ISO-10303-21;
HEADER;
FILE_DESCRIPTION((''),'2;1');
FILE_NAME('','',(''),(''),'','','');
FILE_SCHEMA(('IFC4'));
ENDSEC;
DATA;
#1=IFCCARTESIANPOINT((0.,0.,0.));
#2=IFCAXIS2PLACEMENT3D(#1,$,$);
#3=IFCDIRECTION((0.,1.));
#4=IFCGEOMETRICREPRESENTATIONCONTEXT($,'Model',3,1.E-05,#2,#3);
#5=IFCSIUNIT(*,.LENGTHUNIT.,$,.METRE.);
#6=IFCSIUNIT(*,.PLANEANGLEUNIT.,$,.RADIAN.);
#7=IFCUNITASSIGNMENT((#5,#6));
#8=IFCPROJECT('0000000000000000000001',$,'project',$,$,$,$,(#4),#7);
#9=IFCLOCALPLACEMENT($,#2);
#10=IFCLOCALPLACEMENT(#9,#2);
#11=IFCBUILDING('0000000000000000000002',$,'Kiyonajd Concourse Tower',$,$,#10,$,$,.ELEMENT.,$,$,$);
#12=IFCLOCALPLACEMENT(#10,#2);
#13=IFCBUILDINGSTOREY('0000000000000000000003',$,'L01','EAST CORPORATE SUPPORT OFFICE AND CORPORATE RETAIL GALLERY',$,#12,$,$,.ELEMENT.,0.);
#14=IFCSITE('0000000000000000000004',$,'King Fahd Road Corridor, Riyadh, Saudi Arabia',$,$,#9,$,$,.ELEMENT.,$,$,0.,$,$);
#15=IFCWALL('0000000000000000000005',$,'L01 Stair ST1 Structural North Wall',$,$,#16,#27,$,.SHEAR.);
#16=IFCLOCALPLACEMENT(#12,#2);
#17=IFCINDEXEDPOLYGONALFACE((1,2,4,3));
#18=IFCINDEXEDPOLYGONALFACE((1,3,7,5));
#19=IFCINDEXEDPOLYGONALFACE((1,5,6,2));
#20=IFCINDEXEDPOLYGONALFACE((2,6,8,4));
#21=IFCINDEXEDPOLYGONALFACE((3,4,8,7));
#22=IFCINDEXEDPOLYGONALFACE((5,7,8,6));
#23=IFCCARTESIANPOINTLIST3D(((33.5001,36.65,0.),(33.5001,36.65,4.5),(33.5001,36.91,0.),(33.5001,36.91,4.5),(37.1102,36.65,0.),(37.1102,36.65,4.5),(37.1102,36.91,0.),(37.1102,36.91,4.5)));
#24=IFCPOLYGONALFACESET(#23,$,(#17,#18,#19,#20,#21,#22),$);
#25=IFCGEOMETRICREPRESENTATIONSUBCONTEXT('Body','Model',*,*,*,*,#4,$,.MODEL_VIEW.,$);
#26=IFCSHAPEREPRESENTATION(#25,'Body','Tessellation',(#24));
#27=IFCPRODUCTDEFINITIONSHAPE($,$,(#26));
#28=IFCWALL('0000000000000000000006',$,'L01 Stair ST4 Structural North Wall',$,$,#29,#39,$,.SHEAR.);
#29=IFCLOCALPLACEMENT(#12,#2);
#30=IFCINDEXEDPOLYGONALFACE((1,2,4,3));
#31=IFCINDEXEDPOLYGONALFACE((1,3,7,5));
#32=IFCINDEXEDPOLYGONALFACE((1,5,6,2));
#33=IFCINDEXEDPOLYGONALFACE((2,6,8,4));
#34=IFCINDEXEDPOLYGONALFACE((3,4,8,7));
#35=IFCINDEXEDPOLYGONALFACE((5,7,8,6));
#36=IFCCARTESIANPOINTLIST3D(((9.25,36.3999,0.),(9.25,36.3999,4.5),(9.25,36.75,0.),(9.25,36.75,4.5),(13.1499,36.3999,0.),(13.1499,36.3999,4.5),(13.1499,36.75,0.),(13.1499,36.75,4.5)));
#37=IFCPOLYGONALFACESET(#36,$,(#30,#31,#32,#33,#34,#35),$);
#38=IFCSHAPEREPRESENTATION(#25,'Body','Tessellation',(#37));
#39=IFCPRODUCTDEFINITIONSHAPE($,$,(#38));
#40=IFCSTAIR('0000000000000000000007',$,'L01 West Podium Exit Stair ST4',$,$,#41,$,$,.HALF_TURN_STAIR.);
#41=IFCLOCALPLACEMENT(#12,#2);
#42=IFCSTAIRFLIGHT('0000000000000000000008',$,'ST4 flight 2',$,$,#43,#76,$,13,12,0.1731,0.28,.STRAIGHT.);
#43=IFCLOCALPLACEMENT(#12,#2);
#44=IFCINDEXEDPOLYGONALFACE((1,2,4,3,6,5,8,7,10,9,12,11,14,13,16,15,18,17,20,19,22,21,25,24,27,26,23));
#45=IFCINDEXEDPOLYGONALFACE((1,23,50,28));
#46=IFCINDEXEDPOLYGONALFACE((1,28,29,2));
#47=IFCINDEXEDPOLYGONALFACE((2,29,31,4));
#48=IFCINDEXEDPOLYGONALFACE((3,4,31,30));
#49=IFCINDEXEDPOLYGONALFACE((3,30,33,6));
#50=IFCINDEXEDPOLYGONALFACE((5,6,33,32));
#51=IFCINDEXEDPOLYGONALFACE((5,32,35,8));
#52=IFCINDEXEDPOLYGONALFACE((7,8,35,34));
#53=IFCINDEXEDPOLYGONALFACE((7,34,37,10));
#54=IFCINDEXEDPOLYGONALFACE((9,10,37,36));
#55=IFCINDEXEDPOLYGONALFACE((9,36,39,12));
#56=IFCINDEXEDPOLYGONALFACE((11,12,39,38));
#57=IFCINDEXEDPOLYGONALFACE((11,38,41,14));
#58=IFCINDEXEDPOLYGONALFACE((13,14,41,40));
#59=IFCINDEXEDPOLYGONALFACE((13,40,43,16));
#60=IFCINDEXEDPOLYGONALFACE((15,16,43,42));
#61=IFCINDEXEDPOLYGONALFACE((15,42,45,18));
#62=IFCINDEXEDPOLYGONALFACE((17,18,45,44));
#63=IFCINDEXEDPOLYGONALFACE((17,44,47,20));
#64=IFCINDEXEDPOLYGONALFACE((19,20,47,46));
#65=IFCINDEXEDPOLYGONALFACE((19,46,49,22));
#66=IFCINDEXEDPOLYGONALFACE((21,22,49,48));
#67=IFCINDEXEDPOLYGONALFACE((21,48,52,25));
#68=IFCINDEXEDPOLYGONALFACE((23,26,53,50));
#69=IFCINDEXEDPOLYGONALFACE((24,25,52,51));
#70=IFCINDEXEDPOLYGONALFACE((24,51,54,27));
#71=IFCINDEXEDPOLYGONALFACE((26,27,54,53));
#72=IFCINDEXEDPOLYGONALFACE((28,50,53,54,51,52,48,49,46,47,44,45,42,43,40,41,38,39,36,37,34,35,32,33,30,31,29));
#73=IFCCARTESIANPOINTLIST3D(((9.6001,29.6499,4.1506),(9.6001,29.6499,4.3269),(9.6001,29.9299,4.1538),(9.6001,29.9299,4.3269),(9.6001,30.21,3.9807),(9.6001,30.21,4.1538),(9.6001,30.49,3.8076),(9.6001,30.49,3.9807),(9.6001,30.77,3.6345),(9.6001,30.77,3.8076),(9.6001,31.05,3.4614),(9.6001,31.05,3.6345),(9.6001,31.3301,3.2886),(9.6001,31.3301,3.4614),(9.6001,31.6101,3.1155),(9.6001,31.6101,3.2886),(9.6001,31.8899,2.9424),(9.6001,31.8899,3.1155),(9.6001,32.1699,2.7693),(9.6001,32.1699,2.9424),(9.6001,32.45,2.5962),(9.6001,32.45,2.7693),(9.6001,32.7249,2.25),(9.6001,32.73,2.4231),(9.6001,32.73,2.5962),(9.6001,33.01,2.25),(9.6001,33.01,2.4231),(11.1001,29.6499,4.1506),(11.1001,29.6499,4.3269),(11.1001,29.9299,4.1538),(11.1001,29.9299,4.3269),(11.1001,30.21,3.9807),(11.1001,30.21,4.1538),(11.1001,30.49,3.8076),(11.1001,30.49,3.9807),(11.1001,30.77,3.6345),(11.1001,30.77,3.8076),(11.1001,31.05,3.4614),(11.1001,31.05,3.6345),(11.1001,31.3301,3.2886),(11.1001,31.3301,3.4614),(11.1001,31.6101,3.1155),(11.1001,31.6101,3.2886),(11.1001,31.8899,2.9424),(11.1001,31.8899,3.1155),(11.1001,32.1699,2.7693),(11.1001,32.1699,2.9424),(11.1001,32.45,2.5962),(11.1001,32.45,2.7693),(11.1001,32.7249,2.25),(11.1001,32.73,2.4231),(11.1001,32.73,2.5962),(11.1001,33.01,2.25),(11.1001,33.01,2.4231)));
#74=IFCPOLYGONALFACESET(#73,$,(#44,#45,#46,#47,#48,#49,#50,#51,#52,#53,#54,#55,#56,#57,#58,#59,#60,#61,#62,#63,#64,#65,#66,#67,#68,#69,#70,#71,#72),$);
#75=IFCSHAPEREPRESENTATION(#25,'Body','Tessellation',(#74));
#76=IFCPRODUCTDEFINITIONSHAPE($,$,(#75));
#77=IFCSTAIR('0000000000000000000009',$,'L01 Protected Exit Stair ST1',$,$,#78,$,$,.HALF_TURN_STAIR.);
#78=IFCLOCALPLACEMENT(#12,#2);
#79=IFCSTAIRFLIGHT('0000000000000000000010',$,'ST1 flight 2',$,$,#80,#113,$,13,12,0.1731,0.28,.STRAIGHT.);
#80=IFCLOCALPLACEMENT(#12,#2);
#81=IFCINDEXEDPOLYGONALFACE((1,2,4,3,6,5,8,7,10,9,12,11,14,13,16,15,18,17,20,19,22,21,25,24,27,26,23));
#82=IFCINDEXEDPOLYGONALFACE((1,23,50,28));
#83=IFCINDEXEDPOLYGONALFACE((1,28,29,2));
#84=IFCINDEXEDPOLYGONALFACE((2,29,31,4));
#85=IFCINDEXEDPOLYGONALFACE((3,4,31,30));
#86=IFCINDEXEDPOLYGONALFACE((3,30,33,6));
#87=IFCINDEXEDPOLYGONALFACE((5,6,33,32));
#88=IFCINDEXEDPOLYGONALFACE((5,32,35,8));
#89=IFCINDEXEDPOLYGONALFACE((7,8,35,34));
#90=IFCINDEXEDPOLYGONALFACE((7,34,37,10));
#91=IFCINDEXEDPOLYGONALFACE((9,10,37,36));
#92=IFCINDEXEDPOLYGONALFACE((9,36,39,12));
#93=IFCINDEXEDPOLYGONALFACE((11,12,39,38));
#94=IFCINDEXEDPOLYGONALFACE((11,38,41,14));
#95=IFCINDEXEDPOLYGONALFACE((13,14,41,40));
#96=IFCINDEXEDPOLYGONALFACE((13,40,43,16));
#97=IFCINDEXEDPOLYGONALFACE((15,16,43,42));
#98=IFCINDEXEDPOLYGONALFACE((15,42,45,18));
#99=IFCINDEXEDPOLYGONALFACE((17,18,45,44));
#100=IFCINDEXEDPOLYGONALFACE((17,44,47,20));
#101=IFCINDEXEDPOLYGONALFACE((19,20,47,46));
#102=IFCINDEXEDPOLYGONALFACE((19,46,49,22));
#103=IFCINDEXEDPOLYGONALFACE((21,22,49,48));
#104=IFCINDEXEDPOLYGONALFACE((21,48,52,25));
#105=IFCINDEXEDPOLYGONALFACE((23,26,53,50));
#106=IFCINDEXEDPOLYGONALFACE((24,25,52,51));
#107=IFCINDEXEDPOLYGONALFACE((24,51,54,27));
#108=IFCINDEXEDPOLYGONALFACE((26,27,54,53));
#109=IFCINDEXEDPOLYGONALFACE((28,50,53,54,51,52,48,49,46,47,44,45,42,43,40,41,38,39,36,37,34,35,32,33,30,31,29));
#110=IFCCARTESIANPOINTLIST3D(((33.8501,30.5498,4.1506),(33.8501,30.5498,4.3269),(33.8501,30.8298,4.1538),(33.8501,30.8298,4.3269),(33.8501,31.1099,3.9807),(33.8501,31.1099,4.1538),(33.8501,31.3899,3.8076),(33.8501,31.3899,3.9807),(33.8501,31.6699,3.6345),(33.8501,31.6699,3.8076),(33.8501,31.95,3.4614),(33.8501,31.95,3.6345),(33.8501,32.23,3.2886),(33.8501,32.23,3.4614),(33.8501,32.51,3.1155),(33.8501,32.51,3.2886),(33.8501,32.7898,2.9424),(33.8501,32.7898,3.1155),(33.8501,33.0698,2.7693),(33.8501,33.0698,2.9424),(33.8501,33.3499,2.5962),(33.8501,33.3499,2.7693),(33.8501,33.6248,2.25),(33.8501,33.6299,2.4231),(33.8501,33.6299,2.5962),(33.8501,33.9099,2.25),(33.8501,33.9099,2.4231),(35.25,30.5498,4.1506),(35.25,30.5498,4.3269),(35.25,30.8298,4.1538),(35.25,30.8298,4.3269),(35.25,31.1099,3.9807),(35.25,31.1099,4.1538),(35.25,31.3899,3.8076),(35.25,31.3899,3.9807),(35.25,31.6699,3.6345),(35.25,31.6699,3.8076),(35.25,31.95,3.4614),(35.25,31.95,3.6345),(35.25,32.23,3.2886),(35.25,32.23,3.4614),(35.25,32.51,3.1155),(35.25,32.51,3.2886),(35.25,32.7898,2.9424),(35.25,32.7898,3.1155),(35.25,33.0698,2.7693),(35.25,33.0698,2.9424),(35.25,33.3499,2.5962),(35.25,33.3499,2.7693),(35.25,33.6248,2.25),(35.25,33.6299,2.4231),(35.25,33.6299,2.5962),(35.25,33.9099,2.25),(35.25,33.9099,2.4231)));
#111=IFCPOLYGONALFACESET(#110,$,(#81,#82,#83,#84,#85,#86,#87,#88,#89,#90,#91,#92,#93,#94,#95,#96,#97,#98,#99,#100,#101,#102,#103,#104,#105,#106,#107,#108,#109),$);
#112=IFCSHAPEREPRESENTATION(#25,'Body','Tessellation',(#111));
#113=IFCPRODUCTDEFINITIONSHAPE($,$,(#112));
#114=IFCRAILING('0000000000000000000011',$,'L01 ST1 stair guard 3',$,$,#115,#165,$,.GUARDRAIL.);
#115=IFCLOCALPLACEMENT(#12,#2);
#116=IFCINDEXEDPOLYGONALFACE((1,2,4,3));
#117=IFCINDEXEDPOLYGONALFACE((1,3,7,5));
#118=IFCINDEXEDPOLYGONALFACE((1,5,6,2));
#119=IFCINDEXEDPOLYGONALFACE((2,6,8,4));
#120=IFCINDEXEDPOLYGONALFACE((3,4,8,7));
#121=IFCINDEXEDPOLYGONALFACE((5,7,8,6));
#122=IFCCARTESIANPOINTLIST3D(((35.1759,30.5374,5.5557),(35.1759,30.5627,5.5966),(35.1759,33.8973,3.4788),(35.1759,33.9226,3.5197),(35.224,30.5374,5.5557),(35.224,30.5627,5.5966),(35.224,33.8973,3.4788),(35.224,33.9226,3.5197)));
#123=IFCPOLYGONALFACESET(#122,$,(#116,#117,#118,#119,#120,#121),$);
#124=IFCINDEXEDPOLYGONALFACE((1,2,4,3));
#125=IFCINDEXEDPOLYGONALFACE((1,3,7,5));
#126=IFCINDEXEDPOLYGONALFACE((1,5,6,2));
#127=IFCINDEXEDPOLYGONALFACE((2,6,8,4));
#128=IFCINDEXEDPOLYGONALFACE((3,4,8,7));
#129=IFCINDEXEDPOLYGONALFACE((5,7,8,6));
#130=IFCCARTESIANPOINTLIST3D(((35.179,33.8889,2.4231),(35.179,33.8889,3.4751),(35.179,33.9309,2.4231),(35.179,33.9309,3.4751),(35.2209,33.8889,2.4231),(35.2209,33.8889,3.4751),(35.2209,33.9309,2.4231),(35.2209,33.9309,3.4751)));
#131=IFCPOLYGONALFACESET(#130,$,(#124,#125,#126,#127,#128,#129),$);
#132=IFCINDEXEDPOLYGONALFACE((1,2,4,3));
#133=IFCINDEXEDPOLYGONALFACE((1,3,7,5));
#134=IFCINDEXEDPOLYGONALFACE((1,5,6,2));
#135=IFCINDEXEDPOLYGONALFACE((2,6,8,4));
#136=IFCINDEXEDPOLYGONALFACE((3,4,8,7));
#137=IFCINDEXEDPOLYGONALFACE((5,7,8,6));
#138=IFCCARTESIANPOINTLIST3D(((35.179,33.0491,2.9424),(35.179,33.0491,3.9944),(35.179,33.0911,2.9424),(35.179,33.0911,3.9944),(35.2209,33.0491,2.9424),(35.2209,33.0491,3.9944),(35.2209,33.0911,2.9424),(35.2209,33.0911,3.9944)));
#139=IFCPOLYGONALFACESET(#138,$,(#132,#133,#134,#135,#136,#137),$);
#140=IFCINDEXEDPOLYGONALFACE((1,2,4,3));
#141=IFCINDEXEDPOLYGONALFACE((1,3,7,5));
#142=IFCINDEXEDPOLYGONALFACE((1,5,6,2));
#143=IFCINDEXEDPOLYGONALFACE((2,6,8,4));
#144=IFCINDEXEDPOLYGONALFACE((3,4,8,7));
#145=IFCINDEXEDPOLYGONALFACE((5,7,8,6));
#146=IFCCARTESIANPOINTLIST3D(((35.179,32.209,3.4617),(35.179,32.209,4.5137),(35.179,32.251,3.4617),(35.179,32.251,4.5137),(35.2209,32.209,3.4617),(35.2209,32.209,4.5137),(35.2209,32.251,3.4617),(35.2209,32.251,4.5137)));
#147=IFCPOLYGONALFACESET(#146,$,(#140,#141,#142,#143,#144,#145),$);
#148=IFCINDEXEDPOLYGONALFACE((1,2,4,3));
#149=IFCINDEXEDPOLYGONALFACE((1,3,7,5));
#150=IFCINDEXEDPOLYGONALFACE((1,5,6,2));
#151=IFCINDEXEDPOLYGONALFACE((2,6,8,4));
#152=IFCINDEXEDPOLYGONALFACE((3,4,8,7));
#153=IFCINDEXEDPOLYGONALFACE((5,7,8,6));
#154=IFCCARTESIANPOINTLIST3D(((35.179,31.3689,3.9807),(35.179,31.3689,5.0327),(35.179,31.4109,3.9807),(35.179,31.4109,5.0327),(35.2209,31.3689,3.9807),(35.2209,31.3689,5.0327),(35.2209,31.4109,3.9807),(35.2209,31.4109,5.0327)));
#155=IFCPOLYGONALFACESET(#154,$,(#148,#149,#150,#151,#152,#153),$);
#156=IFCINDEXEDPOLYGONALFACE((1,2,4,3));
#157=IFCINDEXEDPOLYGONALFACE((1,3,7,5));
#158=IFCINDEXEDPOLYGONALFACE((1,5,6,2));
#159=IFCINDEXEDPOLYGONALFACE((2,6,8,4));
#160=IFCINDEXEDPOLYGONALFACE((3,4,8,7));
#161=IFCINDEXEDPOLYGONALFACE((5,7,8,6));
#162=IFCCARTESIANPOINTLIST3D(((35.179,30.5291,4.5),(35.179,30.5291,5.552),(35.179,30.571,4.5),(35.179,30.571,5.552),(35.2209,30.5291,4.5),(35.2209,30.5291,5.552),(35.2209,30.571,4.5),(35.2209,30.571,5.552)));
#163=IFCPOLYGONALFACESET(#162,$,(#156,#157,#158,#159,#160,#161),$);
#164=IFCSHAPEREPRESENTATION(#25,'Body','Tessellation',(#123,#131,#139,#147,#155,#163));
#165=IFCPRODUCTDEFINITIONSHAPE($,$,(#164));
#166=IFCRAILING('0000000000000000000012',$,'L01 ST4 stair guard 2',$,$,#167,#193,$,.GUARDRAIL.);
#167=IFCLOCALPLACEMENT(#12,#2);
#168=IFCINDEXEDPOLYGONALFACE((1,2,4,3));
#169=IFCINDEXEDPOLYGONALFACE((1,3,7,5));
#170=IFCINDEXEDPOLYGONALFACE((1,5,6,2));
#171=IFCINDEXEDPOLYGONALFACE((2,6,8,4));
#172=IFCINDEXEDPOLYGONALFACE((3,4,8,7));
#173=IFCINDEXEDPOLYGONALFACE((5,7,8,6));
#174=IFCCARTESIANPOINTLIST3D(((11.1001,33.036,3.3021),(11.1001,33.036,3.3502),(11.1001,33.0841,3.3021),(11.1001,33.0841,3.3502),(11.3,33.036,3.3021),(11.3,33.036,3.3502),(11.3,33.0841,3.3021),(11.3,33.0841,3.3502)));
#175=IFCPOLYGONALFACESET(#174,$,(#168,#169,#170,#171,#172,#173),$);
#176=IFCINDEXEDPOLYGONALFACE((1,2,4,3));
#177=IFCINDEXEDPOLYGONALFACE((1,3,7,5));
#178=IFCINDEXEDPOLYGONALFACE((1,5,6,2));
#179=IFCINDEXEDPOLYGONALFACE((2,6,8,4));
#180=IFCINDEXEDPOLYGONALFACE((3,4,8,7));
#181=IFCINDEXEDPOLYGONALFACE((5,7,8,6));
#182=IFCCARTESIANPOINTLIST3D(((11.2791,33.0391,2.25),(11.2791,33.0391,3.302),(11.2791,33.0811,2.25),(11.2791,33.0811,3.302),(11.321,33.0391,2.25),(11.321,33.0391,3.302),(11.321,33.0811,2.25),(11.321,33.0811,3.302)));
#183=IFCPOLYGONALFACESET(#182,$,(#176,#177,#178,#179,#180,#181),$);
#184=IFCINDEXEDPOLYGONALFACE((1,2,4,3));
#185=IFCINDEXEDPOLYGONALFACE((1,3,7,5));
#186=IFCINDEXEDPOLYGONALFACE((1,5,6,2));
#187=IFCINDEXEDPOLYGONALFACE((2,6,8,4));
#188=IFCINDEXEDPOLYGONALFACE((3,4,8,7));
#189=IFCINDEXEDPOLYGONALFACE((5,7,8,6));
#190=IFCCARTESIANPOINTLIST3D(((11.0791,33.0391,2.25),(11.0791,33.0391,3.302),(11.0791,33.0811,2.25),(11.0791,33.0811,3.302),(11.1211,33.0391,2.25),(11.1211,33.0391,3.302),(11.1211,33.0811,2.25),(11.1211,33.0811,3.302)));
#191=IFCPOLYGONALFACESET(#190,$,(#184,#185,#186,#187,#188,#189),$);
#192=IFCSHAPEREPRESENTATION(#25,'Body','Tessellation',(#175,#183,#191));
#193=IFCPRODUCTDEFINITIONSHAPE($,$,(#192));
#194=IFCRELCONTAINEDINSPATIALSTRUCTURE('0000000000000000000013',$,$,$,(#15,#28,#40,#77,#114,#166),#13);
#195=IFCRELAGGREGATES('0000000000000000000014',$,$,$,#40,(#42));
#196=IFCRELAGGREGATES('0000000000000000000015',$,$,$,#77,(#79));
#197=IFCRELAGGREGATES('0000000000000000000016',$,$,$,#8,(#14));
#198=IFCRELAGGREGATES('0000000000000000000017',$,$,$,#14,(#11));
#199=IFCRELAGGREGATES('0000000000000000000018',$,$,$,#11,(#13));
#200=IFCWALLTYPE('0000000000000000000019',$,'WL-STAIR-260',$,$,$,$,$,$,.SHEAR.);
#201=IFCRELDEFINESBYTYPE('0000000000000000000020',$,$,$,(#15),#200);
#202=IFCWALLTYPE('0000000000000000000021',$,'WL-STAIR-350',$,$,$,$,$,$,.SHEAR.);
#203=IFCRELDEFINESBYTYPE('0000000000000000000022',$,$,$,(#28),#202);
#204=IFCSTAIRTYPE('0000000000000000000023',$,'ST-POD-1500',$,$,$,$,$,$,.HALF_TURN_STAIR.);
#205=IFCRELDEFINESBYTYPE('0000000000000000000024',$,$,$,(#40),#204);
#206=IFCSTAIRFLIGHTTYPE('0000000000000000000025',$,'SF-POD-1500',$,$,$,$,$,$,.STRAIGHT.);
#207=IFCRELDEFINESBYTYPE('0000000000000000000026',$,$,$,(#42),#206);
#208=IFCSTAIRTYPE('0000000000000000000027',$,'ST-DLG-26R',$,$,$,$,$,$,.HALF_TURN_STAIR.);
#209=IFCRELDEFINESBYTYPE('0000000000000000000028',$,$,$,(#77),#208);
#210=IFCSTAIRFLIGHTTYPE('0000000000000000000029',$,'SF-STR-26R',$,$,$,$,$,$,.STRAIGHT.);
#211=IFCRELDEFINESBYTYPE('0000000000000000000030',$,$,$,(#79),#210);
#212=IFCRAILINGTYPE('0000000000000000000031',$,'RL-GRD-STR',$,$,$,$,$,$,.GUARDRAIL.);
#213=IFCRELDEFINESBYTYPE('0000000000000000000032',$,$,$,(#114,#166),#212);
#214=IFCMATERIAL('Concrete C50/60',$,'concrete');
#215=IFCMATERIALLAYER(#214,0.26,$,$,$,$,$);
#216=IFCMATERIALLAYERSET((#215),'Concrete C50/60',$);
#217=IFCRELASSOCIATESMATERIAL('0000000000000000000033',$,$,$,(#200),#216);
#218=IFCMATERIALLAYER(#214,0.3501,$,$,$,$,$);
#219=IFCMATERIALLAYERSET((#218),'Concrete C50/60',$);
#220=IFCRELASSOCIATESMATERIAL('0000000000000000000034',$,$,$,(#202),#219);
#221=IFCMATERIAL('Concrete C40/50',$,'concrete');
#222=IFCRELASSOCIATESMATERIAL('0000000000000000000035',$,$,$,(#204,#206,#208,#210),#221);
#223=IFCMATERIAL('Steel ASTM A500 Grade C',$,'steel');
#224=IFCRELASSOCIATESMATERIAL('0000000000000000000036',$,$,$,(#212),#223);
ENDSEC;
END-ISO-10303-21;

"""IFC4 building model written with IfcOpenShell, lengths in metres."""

from ifc_helpers import new_model, si_unit, direction, frame, frame_2d, origin, origin_2d, place, context, subcontext, project, spatial, polyline, rectangle, outline, extrude, material, layer, layer_set, type_object, element, aggregate, save


model = new_model("IFC4")

# Units and contexts
model_context = context("Model", 3, precision=1e-05, world=origin(), true_north=direction((0.0, 1.0)))
body_context = subcontext(model_context, "Body", "Model", "MODEL_VIEW")
ifc_project = project(units=[si_unit("LENGTHUNIT", "METRE"), si_unit("PLANEANGLEUNIT", "RADIAN")], contexts=[model_context])

# Site, building, storey
site_placement = place(None, origin())
site = spatial("IfcSite", under=ifc_project, at=site_placement, Name="King Fahd Road Corridor, Riyadh, Saudi Arabia", CompositionType="ELEMENT", RefElevation=0.0)
building_placement = place(site_placement, origin())
building = spatial("IfcBuilding", under=site, at=building_placement, Name="Kiyonajd Concourse Tower", CompositionType="ELEMENT")
storey_placement = place(building_placement, origin())
storey = spatial("IfcBuildingStorey", under=building, at=storey_placement, Name="L01", Description="EAST CORPORATE SUPPORT OFFICE AND CORPORATE RETAIL GALLERY", CompositionType="ELEMENT", Elevation=0.0)

# Shared definitions
ifc_material_1 = material(Name="Concrete C50/60", Category="concrete")

# Walls
ifc_layer_1 = layer(ifc_material_1, 0.26)
ifc_layer_set_1 = layer_set([ifc_layer_1], Name="Concrete C50/60")
wall_type_1 = type_object("IfcWallType", Name="WL-STAIR-260", PredefinedType="SHEAR", material=ifc_layer_set_1)
wall_1_placement = place(storey_placement, frame((33.5, 36.78, 0.0), z_axis=(0.0, 0.0, 1.0), x_axis=(1.0, 0.0, 0.0)))
element("IfcWall", 1, at=wall_1_placement, inside=storey, type_object=wall_type_1, Name="L01 Stair ST1 Structural North Wall", PredefinedType="SHEAR", context=body_context, shape_type="SweptSolid", body=[
    extrude(rectangle(XDim=3.6101, YDim=0.26, at=frame_2d((1.8052, 0.0))), origin(), (0.0, 0.0, 1.0), 4.5),
])
ifc_layer_2 = layer(ifc_material_1, 0.3501)
ifc_layer_set_2 = layer_set([ifc_layer_2], Name="Concrete C50/60")
wall_type_2 = type_object("IfcWallType", Name="WL-STAIR-350", PredefinedType="SHEAR", material=ifc_layer_set_2)
wall_2_placement = place(storey_placement, frame((9.25, 36.575, 0.0), z_axis=(0.0, 0.0, 1.0), x_axis=(1.0, 0.0, 0.0)))
element("IfcWall", 2, at=wall_2_placement, inside=storey, type_object=wall_type_2, Name="L01 Stair ST4 Structural North Wall", PredefinedType="SHEAR", context=body_context, shape_type="SweptSolid", body=[
    extrude(rectangle(XDim=3.8999, YDim=0.3501, at=frame_2d((1.95, 0.0))), origin(), (0.0, 0.0, 1.0), 4.5),
])

# Stairs, stair flights
ifc_material_2 = material(Name="Concrete C40/50", Category="concrete")
stair_type_1 = type_object("IfcStairType", Name="ST-POD-1500", PredefinedType="HALF_TURN_STAIR", material=ifc_material_2)
stair_1_placement = place(storey_placement, origin())
stair_1 = element("IfcStair", 3, at=stair_1_placement, inside=storey, type_object=stair_type_1, Name="L01 West Podium Exit Stair ST4", PredefinedType="HALF_TURN_STAIR")
stair_flight_type_1 = type_object("IfcStairFlightType", Name="SF-POD-1500", PredefinedType="STRAIGHT", material=ifc_material_2)
stair_flight_1_placement = place(storey_placement, frame((10.3501, 33.01, 2.25), z_axis=(0.0, 0.0, 1.0), x_axis=(0.0, -1.0, 0.0)))
stair_flight_1 = element("IfcStairFlight", 4, at=stair_flight_1_placement, type_object=stair_flight_type_1, Name="ST4 flight 2", NumberOfRisers=13, NumberOfTreads=12, PredefinedType="STRAIGHT", RiserHeight=0.1731, TreadLength=0.28, context=body_context, shape_type="SweptSolid", body=[
    extrude(outline(polyline([(0.0, 0.0), (0.0, 0.1731), (0.28, 0.1731), (0.28, 0.3462), (0.5601, 0.3462), (0.5601, 0.5193), (0.8401, 0.5193), (0.8401, 0.6924), (1.1201, 0.6924), (1.1201, 0.8655), (1.3999, 0.8655), (1.3999, 1.0386), (1.6799, 1.0386), (1.6799, 1.2114), (1.96, 1.2114), (1.96, 1.3845), (2.24, 1.3845), (2.24, 1.5576), (2.52, 1.5576), (2.52, 1.7307), (2.8, 1.7307), (2.8, 1.9038), (3.0801, 1.9038), (3.0801, 2.0769), (3.3601, 2.0769), (3.3601, 2.25), (3.3601, 1.9006), (0.2852, 0.0), (0.0, 0.0)])), frame((0.0, 0.75, 0.0), z_axis=(0.0, -1.0, 0.0), x_axis=(1.0, 0.0, 0.0)), (0.0, 0.0, 1.0), 1.5),
])
aggregate(stair_1, [stair_flight_1])
stair_type_2 = type_object("IfcStairType", Name="ST-DLG-26R", PredefinedType="HALF_TURN_STAIR", material=ifc_material_2)
stair_2_placement = place(storey_placement, origin())
stair_2 = element("IfcStair", 5, at=stair_2_placement, inside=storey, type_object=stair_type_2, Name="L01 Protected Exit Stair ST1", PredefinedType="HALF_TURN_STAIR")
stair_flight_type_2 = type_object("IfcStairFlightType", Name="SF-STR-26R", PredefinedType="STRAIGHT", material=ifc_material_2)
stair_flight_2_placement = place(storey_placement, frame((34.55, 33.9099, 2.25), z_axis=(0.0, 0.0, 1.0), x_axis=(0.0, -1.0, 0.0)))
stair_flight_2 = element("IfcStairFlight", 6, at=stair_flight_2_placement, type_object=stair_flight_type_2, Name="ST1 flight 2", NumberOfRisers=13, NumberOfTreads=12, PredefinedType="STRAIGHT", RiserHeight=0.1731, TreadLength=0.28, context=body_context, shape_type="SweptSolid", body=[
    extrude(outline(polyline([(0.0, 0.0), (0.0, 0.1731), (0.28, 0.1731), (0.28, 0.3462), (0.5601, 0.3462), (0.5601, 0.5193), (0.8401, 0.5193), (0.8401, 0.6924), (1.1201, 0.6924), (1.1201, 0.8655), (1.3999, 0.8655), (1.3999, 1.0386), (1.6799, 1.0386), (1.6799, 1.2114), (1.96, 1.2114), (1.96, 1.3845), (2.24, 1.3845), (2.24, 1.5576), (2.52, 1.5576), (2.52, 1.7307), (2.8, 1.7307), (2.8, 1.9038), (3.0801, 1.9038), (3.0801, 2.0769), (3.3601, 2.0769), (3.3601, 2.25), (3.3601, 1.9006), (0.2852, 0.0), (0.0, 0.0)])), frame((0.0, 0.7, 0.0), z_axis=(0.0, -1.0, 0.0), x_axis=(1.0, 0.0, 0.0)), (0.0, 0.0, 1.0), 1.3999),
])
aggregate(stair_2, [stair_flight_2])

# Railings
ifc_material_3 = material(Name="Steel ASTM A500 Grade C", Category="steel")
railing_type_1 = type_object("IfcRailingType", Name="RL-GRD-STR", PredefinedType="GUARDRAIL", material=ifc_material_3)
railing_1_placement = place(storey_placement, frame((35.2, 33.9099, 2.4231)))
element("IfcRailing", 7, at=railing_1_placement, inside=storey, type_object=railing_type_1, Name="L01 ST1 stair guard 3", PredefinedType="GUARDRAIL", context=body_context, shape_type="SweptSolid", body=[
    extrude(rectangle(XDim=0.0481, YDim=0.0481, at=origin_2d()), frame((0.0, 0.0, 1.0762), z_axis=(0.0, -0.850606, 0.525803), x_axis=(1.0, 0.0, 0.0)), (0.0, 0.0, 1.0), 3.95),
    extrude(rectangle(XDim=0.042, YDim=0.042, at=origin_2d()), origin(), (0.0, 0.0, 1.0), 1.052),
    extrude(rectangle(XDim=0.042, YDim=0.042, at=origin_2d()), frame((0.0, -0.8398, 0.5193)), (0.0, 0.0, 1.0), 1.052),
    extrude(rectangle(XDim=0.042, YDim=0.042, at=origin_2d()), frame((0.0, -1.6799, 1.0386)), (0.0, 0.0, 1.0), 1.052),
    extrude(rectangle(XDim=0.042, YDim=0.042, at=origin_2d()), frame((0.0, -2.52, 1.5576)), (0.0, 0.0, 1.0), 1.052),
    extrude(rectangle(XDim=0.042, YDim=0.042, at=origin_2d()), frame((0.0, -3.3599, 2.0769)), (0.0, 0.0, 1.0), 1.052),
])
railing_2_placement = place(storey_placement, frame((11.3, 33.0601, 2.25)))
element("IfcRailing", 8, at=railing_2_placement, inside=storey, type_object=railing_type_1, Name="L01 ST4 stair guard 2", PredefinedType="GUARDRAIL", context=body_context, shape_type="SweptSolid", body=[
    extrude(rectangle(XDim=0.0481, YDim=0.0481, at=origin_2d()), frame((0.0, 0.0, 1.0762), z_axis=(-1.0, 0.0, 0.0), x_axis=(0.0, -1.0, 0.0)), (0.0, 0.0, 1.0), 0.2),
    extrude(rectangle(XDim=0.042, YDim=0.042, at=origin_2d()), origin(), (0.0, 0.0, 1.0), 1.052),
    extrude(rectangle(XDim=0.042, YDim=0.042, at=origin_2d()), frame((-0.2, 0.0, 0.0)), (0.0, 0.0, 1.0), 1.052),
])

save(model, "model.ifc")
